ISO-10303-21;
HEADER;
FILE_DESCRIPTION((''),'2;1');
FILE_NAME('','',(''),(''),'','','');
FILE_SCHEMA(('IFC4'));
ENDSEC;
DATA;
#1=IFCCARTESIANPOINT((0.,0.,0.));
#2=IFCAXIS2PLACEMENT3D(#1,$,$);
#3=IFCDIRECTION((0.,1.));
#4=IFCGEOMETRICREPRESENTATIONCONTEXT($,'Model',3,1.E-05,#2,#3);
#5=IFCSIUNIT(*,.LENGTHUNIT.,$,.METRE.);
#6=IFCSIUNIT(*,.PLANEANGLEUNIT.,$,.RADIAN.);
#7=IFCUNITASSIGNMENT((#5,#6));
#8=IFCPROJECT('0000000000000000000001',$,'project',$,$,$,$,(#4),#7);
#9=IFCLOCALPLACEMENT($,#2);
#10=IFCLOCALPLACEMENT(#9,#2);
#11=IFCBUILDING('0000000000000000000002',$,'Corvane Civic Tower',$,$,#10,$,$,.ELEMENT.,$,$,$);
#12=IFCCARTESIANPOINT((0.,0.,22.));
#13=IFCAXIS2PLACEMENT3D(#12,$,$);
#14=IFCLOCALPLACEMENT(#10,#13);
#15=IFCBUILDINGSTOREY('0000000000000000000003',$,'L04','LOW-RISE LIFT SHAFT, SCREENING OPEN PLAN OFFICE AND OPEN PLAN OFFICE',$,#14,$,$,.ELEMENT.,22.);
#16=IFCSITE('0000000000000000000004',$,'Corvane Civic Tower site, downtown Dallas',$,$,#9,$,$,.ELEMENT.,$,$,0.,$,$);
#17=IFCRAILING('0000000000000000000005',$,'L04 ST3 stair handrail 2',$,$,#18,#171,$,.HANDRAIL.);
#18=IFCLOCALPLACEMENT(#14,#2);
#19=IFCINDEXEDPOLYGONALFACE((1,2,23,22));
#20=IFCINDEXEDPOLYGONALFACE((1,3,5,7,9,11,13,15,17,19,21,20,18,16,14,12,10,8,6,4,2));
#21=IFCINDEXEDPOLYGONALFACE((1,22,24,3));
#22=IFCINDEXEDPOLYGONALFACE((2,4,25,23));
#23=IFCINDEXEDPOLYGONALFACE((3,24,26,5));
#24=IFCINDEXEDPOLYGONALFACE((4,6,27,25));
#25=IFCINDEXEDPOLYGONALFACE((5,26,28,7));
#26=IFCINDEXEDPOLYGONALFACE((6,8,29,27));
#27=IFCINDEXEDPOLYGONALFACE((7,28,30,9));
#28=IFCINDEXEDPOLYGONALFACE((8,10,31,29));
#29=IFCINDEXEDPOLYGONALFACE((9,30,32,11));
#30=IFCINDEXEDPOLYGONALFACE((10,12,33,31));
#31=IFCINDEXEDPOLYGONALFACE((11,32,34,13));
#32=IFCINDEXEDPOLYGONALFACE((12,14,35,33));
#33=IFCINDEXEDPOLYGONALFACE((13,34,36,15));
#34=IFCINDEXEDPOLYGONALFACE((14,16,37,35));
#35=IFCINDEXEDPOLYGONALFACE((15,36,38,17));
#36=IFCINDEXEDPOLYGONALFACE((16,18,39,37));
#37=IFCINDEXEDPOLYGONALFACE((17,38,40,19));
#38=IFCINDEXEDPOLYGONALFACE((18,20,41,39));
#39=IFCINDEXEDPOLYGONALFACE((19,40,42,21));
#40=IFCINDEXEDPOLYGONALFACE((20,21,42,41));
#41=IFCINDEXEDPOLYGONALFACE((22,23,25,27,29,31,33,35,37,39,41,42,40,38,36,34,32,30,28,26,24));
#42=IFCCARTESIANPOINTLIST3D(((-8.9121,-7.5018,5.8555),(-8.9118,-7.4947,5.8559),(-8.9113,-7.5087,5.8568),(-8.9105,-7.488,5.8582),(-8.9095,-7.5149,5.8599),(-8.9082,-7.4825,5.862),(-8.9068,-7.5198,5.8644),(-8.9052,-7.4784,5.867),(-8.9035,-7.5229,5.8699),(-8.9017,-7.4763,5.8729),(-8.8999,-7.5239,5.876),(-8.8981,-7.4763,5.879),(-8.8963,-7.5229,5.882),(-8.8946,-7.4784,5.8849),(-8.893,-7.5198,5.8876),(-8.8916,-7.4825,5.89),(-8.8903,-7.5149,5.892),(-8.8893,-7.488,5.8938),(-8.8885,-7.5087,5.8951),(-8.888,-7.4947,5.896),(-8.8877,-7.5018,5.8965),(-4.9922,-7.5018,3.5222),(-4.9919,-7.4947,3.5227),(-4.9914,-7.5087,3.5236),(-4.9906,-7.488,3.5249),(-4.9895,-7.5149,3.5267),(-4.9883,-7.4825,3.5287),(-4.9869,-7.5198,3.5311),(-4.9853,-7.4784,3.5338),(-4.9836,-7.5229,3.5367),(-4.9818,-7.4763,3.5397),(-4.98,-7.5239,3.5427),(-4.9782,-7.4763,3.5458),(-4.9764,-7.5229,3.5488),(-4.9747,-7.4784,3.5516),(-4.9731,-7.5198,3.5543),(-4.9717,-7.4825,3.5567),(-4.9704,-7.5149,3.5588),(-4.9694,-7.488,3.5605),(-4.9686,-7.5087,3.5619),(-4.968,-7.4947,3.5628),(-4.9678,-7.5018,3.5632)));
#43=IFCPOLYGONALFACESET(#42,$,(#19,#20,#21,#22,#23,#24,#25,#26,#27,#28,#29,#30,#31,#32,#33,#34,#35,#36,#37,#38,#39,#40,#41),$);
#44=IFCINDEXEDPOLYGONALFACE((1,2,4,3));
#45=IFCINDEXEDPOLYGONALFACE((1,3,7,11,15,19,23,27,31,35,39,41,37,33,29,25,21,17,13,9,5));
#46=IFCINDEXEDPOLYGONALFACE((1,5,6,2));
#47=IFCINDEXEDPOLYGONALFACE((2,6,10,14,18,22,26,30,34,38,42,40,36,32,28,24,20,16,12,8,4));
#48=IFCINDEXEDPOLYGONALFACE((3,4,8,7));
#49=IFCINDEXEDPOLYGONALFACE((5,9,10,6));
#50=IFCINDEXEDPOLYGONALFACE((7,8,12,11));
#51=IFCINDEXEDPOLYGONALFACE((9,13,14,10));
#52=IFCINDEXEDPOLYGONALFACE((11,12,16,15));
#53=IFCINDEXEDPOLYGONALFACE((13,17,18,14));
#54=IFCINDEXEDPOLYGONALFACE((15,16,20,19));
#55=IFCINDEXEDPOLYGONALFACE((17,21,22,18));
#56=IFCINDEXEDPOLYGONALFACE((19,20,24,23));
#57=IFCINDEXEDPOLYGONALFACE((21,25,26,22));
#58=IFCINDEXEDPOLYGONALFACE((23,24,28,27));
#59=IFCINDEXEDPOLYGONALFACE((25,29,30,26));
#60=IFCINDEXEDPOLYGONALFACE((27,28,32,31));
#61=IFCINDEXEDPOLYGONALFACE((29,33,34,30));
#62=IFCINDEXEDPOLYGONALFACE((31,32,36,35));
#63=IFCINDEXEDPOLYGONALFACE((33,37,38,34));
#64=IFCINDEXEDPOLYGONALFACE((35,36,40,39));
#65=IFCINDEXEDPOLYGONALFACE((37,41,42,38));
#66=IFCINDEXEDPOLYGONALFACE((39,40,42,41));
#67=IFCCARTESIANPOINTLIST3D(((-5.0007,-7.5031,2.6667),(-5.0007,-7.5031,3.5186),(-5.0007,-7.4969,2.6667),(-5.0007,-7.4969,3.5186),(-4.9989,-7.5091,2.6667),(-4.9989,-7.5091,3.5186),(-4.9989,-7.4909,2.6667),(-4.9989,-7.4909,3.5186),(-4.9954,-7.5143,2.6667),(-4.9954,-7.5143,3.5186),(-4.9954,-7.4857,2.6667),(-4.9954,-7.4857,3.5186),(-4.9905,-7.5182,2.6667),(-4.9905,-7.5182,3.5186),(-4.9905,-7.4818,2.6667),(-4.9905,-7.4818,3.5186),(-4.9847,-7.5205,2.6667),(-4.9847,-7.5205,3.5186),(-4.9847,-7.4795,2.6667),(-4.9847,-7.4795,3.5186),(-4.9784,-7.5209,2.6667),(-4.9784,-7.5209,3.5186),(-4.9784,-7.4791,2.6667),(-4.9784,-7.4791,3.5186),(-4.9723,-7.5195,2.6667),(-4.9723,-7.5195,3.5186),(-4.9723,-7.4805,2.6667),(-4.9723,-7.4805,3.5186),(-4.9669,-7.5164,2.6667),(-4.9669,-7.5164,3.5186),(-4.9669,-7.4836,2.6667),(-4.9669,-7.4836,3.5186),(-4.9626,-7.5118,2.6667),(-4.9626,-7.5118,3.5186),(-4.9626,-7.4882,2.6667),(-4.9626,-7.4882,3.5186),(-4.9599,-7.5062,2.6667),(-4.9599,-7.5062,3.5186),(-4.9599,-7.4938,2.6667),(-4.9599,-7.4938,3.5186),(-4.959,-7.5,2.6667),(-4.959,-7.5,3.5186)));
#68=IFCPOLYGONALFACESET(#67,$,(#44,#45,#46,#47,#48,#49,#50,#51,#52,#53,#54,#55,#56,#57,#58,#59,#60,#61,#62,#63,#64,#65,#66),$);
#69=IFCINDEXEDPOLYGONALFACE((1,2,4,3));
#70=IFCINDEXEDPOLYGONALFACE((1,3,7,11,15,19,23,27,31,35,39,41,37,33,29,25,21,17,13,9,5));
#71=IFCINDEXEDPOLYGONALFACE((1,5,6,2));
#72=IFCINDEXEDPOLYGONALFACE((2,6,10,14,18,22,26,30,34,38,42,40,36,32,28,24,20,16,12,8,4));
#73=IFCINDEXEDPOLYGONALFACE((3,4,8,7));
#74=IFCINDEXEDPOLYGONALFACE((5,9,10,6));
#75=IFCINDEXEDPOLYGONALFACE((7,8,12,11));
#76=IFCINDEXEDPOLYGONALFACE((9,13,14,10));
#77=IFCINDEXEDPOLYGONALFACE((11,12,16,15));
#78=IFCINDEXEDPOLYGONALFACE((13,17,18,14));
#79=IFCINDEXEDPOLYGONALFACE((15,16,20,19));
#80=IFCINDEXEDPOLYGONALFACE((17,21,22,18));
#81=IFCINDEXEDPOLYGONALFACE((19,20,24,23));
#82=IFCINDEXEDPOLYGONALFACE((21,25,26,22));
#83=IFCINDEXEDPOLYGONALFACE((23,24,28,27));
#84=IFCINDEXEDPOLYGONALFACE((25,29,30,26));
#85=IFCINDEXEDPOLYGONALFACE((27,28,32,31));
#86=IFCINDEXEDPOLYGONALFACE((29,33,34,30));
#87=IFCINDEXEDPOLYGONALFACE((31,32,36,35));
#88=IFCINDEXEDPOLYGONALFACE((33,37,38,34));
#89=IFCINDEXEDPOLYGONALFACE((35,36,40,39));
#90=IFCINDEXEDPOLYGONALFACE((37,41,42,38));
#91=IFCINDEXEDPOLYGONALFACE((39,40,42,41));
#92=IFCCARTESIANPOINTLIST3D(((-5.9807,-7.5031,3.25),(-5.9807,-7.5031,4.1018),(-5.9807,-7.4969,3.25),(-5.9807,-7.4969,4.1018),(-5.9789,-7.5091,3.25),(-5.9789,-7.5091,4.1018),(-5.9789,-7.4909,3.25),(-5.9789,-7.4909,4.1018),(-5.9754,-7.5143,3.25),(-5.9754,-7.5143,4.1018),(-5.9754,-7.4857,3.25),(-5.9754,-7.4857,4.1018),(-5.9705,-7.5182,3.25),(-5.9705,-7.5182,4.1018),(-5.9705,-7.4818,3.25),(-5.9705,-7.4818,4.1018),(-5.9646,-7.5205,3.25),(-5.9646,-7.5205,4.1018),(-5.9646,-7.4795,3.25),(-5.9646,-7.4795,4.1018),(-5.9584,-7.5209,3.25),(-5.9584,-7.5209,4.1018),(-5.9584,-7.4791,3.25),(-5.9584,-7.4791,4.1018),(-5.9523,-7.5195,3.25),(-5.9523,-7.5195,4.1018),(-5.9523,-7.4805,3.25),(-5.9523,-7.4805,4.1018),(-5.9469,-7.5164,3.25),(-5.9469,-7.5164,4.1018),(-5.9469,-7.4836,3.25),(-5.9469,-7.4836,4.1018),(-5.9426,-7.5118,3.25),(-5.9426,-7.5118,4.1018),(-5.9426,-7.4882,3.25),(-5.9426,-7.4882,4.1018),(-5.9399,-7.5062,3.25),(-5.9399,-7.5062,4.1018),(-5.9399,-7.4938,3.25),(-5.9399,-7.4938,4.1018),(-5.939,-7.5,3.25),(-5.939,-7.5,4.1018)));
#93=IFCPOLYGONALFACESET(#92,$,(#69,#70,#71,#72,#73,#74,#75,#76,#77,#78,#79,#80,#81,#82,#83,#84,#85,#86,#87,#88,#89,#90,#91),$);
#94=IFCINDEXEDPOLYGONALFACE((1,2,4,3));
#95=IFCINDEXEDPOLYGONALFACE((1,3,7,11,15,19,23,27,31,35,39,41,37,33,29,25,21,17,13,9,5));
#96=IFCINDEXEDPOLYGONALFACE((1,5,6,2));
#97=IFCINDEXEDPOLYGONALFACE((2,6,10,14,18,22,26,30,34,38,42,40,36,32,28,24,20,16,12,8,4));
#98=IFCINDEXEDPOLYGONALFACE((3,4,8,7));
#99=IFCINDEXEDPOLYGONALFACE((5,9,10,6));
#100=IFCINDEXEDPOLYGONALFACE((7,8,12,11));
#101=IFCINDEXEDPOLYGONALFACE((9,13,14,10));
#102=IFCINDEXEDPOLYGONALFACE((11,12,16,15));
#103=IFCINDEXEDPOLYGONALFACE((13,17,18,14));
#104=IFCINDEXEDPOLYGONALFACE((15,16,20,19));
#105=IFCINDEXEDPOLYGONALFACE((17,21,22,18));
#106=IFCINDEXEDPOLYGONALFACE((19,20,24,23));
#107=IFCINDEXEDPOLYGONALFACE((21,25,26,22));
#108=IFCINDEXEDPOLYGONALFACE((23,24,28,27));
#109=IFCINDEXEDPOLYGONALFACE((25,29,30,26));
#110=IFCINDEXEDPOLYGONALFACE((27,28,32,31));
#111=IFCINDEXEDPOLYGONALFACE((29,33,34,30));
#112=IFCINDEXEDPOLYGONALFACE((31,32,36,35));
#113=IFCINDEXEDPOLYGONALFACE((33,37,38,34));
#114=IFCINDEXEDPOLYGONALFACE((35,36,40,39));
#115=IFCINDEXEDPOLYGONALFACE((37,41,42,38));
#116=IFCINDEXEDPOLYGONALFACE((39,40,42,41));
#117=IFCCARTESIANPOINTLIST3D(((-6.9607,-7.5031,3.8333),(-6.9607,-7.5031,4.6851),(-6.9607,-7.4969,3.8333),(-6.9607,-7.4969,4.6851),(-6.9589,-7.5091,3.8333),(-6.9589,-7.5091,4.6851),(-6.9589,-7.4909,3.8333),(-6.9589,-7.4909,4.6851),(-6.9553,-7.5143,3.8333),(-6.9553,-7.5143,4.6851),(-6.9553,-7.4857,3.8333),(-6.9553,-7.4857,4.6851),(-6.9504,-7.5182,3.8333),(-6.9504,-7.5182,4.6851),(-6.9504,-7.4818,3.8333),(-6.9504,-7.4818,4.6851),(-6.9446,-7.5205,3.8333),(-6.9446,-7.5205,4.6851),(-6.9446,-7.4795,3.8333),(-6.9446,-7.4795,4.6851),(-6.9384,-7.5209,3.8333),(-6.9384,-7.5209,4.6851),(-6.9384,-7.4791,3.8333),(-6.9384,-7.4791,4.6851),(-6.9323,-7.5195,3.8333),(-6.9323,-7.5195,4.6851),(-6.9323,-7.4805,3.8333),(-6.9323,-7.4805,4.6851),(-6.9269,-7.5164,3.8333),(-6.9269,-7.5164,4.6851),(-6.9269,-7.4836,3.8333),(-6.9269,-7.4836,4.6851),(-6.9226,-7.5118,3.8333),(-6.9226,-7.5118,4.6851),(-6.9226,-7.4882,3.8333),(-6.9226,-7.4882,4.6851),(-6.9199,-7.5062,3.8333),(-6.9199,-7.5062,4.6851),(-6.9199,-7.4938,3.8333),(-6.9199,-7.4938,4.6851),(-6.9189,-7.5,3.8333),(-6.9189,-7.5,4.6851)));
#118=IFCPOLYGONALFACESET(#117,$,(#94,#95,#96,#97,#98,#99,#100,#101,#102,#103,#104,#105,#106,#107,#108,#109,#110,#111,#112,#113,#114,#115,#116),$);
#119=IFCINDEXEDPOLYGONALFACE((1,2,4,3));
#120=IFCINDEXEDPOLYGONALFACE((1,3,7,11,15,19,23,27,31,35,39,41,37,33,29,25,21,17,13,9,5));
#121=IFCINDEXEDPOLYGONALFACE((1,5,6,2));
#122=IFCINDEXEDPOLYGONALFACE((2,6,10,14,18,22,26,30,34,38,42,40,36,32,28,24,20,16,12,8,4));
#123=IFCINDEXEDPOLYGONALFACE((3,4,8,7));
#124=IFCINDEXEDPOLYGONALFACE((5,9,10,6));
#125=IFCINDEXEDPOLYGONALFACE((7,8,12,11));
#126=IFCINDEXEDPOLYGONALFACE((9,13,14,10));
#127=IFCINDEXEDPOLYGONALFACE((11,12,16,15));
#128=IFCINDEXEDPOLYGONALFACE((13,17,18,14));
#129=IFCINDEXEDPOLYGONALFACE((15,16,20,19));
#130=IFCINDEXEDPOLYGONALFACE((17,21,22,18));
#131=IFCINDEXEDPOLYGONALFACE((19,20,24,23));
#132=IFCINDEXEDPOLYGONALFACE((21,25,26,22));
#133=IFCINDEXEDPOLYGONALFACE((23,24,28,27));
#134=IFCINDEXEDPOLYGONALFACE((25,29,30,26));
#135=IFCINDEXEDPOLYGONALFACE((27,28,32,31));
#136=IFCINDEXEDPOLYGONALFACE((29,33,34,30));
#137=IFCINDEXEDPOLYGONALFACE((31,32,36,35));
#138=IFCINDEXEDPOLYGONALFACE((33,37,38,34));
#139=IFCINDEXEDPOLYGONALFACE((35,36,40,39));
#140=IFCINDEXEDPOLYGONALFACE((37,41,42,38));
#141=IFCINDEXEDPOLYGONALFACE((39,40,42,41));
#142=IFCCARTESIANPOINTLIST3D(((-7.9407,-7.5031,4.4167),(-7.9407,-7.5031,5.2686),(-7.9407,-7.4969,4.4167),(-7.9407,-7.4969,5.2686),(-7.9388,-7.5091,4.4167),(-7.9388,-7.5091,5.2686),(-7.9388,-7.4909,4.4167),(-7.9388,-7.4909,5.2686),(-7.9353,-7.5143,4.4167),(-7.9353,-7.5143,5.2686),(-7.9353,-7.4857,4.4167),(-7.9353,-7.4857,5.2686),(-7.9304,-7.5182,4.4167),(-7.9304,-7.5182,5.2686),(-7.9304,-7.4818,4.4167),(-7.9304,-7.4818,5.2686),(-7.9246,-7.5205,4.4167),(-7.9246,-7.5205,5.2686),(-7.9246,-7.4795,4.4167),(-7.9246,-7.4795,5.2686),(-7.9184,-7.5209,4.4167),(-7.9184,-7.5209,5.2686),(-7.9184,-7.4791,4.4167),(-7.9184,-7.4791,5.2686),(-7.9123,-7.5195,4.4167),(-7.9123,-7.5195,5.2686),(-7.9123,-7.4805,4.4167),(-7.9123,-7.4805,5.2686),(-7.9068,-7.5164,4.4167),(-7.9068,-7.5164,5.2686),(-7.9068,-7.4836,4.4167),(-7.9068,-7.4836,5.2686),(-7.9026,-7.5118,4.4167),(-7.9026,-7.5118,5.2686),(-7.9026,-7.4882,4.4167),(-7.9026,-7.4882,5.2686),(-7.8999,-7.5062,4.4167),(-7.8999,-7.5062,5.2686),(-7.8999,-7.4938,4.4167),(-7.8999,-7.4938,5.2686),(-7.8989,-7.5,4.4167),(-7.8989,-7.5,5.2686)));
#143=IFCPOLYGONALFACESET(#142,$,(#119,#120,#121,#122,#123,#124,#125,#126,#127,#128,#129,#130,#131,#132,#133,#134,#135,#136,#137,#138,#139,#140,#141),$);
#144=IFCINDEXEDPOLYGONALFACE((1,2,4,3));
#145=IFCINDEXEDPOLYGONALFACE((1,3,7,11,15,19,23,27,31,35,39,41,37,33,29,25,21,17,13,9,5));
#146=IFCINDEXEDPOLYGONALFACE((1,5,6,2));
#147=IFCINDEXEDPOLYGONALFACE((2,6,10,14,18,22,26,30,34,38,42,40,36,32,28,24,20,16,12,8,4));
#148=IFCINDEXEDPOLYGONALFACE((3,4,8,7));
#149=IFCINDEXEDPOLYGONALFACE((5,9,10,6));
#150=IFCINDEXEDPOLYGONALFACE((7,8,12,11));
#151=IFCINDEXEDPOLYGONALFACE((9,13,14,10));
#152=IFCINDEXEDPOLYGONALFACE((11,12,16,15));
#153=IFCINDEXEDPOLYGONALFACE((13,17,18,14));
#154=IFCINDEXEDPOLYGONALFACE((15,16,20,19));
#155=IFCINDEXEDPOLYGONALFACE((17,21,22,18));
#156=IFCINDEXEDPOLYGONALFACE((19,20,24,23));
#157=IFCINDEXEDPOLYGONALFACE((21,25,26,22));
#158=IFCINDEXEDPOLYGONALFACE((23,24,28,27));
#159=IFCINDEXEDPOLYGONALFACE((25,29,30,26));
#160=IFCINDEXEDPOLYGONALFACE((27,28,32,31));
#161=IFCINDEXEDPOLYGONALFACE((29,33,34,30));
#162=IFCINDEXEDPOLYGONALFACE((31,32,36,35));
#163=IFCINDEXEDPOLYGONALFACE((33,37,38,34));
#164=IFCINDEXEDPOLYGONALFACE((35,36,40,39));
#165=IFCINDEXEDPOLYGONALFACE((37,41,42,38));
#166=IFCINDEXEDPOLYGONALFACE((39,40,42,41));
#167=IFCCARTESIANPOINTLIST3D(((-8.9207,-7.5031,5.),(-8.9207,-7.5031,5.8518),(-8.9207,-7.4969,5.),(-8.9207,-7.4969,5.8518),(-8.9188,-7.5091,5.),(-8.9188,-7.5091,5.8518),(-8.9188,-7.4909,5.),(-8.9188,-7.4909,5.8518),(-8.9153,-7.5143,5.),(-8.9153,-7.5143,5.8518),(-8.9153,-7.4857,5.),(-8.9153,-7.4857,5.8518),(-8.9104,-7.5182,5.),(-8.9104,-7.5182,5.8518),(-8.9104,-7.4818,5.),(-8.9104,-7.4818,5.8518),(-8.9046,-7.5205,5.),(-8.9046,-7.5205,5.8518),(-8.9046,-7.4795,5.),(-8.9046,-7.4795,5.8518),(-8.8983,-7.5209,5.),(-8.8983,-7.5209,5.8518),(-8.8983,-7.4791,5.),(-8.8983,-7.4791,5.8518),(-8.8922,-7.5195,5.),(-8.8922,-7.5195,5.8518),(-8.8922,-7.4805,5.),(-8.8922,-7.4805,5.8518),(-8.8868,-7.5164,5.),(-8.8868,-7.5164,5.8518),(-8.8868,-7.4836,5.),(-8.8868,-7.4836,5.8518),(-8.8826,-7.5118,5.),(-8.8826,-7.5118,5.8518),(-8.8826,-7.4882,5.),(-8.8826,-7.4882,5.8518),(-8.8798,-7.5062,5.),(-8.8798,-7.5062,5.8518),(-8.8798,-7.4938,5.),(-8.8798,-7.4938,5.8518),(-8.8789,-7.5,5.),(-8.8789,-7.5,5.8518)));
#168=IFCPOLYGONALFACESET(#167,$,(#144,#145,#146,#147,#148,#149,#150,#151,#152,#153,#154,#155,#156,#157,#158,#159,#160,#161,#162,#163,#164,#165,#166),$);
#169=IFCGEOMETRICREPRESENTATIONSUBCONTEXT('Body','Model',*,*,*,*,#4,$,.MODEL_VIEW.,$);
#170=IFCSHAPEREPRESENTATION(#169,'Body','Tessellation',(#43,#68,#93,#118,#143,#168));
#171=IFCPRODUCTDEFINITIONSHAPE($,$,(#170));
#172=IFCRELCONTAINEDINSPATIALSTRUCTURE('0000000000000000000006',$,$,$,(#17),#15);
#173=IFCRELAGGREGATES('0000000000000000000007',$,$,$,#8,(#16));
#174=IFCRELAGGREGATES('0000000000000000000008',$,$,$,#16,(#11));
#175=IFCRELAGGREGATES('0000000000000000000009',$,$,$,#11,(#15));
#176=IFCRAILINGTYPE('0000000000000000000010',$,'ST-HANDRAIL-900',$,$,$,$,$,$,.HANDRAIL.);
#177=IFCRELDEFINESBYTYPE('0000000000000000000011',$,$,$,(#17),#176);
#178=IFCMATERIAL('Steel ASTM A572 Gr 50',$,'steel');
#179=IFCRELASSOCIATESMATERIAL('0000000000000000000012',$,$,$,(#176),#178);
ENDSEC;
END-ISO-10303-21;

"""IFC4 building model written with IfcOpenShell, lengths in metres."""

from ifc_helpers import new_model, si_unit, direction, frame, origin, origin_2d, place, context, subcontext, project, spatial, circle, extrude, material, type_object, element, save


model = new_model("IFC4")

# Units and contexts
model_context = context("Model", 3, precision=1e-05, world=origin(), true_north=direction((0.0, 1.0)))
body_context = subcontext(model_context, "Body", "Model", "MODEL_VIEW")
ifc_project = project(units=[si_unit("LENGTHUNIT", "METRE"), si_unit("PLANEANGLEUNIT", "RADIAN")], contexts=[model_context])

# Site, building, storey
site_placement = place(None, origin())
site = spatial("IfcSite", under=ifc_project, at=site_placement, Name="Corvane Civic Tower site, downtown Dallas", CompositionType="ELEMENT", RefElevation=0.0)
building_placement = place(site_placement, origin())
building = spatial("IfcBuilding", under=site, at=building_placement, Name="Corvane Civic Tower", CompositionType="ELEMENT")
storey_placement = place(building_placement, frame((0.0, 0.0, 22.0)))
storey = spatial("IfcBuildingStorey", under=building, at=storey_placement, Name="L04", Description="LOW-RISE LIFT SHAFT, SCREENING OPEN PLAN OFFICE AND OPEN PLAN OFFICE", CompositionType="ELEMENT", Elevation=22.0)

# Railing
ifc_material_1 = material(Name="Steel ASTM A572 Gr 50", Category="steel")
railing_type_1 = type_object("IfcRailingType", Name="ST-HANDRAIL-900", PredefinedType="HANDRAIL", material=ifc_material_1)
railing_1_placement = place(storey_placement, frame((-4.98, -7.5, 2.6667)))
element("IfcRailing", 1, at=railing_1_placement, inside=storey, type_object=railing_type_1, Name="L04 ST3 stair handrail 2", PredefinedType="HANDRAIL", context=body_context, shape_type="SweptSolid", body=[
    extrude(circle(Radius=0.0239, at=origin_2d()), frame((0.0, 0.0, 0.876), z_axis=(-0.859296, 0.0, 0.511478), x_axis=(0.0, -1.0, 0.0)), (0.0, 0.0, 1.0), 4.5618),
    extrude(circle(Radius=0.021, at=origin_2d()), origin(), (0.0, 0.0, 1.0), 0.8518),
    extrude(circle(Radius=0.021, at=origin_2d()), frame((-0.98, 0.0, 0.5833)), (0.0, 0.0, 1.0), 0.8518),
    extrude(circle(Radius=0.021, at=origin_2d()), frame((-1.96, 0.0, 1.1665)), (0.0, 0.0, 1.0), 0.8518),
    extrude(circle(Radius=0.021, at=origin_2d()), frame((-2.9399, 0.0, 1.75)), (0.0, 0.0, 1.0), 0.8518),
    extrude(circle(Radius=0.021, at=origin_2d()), frame((-3.9199, 0.0, 2.3333)), (0.0, 0.0, 1.0), 0.8518),
])

save(model, "model.ifc")
